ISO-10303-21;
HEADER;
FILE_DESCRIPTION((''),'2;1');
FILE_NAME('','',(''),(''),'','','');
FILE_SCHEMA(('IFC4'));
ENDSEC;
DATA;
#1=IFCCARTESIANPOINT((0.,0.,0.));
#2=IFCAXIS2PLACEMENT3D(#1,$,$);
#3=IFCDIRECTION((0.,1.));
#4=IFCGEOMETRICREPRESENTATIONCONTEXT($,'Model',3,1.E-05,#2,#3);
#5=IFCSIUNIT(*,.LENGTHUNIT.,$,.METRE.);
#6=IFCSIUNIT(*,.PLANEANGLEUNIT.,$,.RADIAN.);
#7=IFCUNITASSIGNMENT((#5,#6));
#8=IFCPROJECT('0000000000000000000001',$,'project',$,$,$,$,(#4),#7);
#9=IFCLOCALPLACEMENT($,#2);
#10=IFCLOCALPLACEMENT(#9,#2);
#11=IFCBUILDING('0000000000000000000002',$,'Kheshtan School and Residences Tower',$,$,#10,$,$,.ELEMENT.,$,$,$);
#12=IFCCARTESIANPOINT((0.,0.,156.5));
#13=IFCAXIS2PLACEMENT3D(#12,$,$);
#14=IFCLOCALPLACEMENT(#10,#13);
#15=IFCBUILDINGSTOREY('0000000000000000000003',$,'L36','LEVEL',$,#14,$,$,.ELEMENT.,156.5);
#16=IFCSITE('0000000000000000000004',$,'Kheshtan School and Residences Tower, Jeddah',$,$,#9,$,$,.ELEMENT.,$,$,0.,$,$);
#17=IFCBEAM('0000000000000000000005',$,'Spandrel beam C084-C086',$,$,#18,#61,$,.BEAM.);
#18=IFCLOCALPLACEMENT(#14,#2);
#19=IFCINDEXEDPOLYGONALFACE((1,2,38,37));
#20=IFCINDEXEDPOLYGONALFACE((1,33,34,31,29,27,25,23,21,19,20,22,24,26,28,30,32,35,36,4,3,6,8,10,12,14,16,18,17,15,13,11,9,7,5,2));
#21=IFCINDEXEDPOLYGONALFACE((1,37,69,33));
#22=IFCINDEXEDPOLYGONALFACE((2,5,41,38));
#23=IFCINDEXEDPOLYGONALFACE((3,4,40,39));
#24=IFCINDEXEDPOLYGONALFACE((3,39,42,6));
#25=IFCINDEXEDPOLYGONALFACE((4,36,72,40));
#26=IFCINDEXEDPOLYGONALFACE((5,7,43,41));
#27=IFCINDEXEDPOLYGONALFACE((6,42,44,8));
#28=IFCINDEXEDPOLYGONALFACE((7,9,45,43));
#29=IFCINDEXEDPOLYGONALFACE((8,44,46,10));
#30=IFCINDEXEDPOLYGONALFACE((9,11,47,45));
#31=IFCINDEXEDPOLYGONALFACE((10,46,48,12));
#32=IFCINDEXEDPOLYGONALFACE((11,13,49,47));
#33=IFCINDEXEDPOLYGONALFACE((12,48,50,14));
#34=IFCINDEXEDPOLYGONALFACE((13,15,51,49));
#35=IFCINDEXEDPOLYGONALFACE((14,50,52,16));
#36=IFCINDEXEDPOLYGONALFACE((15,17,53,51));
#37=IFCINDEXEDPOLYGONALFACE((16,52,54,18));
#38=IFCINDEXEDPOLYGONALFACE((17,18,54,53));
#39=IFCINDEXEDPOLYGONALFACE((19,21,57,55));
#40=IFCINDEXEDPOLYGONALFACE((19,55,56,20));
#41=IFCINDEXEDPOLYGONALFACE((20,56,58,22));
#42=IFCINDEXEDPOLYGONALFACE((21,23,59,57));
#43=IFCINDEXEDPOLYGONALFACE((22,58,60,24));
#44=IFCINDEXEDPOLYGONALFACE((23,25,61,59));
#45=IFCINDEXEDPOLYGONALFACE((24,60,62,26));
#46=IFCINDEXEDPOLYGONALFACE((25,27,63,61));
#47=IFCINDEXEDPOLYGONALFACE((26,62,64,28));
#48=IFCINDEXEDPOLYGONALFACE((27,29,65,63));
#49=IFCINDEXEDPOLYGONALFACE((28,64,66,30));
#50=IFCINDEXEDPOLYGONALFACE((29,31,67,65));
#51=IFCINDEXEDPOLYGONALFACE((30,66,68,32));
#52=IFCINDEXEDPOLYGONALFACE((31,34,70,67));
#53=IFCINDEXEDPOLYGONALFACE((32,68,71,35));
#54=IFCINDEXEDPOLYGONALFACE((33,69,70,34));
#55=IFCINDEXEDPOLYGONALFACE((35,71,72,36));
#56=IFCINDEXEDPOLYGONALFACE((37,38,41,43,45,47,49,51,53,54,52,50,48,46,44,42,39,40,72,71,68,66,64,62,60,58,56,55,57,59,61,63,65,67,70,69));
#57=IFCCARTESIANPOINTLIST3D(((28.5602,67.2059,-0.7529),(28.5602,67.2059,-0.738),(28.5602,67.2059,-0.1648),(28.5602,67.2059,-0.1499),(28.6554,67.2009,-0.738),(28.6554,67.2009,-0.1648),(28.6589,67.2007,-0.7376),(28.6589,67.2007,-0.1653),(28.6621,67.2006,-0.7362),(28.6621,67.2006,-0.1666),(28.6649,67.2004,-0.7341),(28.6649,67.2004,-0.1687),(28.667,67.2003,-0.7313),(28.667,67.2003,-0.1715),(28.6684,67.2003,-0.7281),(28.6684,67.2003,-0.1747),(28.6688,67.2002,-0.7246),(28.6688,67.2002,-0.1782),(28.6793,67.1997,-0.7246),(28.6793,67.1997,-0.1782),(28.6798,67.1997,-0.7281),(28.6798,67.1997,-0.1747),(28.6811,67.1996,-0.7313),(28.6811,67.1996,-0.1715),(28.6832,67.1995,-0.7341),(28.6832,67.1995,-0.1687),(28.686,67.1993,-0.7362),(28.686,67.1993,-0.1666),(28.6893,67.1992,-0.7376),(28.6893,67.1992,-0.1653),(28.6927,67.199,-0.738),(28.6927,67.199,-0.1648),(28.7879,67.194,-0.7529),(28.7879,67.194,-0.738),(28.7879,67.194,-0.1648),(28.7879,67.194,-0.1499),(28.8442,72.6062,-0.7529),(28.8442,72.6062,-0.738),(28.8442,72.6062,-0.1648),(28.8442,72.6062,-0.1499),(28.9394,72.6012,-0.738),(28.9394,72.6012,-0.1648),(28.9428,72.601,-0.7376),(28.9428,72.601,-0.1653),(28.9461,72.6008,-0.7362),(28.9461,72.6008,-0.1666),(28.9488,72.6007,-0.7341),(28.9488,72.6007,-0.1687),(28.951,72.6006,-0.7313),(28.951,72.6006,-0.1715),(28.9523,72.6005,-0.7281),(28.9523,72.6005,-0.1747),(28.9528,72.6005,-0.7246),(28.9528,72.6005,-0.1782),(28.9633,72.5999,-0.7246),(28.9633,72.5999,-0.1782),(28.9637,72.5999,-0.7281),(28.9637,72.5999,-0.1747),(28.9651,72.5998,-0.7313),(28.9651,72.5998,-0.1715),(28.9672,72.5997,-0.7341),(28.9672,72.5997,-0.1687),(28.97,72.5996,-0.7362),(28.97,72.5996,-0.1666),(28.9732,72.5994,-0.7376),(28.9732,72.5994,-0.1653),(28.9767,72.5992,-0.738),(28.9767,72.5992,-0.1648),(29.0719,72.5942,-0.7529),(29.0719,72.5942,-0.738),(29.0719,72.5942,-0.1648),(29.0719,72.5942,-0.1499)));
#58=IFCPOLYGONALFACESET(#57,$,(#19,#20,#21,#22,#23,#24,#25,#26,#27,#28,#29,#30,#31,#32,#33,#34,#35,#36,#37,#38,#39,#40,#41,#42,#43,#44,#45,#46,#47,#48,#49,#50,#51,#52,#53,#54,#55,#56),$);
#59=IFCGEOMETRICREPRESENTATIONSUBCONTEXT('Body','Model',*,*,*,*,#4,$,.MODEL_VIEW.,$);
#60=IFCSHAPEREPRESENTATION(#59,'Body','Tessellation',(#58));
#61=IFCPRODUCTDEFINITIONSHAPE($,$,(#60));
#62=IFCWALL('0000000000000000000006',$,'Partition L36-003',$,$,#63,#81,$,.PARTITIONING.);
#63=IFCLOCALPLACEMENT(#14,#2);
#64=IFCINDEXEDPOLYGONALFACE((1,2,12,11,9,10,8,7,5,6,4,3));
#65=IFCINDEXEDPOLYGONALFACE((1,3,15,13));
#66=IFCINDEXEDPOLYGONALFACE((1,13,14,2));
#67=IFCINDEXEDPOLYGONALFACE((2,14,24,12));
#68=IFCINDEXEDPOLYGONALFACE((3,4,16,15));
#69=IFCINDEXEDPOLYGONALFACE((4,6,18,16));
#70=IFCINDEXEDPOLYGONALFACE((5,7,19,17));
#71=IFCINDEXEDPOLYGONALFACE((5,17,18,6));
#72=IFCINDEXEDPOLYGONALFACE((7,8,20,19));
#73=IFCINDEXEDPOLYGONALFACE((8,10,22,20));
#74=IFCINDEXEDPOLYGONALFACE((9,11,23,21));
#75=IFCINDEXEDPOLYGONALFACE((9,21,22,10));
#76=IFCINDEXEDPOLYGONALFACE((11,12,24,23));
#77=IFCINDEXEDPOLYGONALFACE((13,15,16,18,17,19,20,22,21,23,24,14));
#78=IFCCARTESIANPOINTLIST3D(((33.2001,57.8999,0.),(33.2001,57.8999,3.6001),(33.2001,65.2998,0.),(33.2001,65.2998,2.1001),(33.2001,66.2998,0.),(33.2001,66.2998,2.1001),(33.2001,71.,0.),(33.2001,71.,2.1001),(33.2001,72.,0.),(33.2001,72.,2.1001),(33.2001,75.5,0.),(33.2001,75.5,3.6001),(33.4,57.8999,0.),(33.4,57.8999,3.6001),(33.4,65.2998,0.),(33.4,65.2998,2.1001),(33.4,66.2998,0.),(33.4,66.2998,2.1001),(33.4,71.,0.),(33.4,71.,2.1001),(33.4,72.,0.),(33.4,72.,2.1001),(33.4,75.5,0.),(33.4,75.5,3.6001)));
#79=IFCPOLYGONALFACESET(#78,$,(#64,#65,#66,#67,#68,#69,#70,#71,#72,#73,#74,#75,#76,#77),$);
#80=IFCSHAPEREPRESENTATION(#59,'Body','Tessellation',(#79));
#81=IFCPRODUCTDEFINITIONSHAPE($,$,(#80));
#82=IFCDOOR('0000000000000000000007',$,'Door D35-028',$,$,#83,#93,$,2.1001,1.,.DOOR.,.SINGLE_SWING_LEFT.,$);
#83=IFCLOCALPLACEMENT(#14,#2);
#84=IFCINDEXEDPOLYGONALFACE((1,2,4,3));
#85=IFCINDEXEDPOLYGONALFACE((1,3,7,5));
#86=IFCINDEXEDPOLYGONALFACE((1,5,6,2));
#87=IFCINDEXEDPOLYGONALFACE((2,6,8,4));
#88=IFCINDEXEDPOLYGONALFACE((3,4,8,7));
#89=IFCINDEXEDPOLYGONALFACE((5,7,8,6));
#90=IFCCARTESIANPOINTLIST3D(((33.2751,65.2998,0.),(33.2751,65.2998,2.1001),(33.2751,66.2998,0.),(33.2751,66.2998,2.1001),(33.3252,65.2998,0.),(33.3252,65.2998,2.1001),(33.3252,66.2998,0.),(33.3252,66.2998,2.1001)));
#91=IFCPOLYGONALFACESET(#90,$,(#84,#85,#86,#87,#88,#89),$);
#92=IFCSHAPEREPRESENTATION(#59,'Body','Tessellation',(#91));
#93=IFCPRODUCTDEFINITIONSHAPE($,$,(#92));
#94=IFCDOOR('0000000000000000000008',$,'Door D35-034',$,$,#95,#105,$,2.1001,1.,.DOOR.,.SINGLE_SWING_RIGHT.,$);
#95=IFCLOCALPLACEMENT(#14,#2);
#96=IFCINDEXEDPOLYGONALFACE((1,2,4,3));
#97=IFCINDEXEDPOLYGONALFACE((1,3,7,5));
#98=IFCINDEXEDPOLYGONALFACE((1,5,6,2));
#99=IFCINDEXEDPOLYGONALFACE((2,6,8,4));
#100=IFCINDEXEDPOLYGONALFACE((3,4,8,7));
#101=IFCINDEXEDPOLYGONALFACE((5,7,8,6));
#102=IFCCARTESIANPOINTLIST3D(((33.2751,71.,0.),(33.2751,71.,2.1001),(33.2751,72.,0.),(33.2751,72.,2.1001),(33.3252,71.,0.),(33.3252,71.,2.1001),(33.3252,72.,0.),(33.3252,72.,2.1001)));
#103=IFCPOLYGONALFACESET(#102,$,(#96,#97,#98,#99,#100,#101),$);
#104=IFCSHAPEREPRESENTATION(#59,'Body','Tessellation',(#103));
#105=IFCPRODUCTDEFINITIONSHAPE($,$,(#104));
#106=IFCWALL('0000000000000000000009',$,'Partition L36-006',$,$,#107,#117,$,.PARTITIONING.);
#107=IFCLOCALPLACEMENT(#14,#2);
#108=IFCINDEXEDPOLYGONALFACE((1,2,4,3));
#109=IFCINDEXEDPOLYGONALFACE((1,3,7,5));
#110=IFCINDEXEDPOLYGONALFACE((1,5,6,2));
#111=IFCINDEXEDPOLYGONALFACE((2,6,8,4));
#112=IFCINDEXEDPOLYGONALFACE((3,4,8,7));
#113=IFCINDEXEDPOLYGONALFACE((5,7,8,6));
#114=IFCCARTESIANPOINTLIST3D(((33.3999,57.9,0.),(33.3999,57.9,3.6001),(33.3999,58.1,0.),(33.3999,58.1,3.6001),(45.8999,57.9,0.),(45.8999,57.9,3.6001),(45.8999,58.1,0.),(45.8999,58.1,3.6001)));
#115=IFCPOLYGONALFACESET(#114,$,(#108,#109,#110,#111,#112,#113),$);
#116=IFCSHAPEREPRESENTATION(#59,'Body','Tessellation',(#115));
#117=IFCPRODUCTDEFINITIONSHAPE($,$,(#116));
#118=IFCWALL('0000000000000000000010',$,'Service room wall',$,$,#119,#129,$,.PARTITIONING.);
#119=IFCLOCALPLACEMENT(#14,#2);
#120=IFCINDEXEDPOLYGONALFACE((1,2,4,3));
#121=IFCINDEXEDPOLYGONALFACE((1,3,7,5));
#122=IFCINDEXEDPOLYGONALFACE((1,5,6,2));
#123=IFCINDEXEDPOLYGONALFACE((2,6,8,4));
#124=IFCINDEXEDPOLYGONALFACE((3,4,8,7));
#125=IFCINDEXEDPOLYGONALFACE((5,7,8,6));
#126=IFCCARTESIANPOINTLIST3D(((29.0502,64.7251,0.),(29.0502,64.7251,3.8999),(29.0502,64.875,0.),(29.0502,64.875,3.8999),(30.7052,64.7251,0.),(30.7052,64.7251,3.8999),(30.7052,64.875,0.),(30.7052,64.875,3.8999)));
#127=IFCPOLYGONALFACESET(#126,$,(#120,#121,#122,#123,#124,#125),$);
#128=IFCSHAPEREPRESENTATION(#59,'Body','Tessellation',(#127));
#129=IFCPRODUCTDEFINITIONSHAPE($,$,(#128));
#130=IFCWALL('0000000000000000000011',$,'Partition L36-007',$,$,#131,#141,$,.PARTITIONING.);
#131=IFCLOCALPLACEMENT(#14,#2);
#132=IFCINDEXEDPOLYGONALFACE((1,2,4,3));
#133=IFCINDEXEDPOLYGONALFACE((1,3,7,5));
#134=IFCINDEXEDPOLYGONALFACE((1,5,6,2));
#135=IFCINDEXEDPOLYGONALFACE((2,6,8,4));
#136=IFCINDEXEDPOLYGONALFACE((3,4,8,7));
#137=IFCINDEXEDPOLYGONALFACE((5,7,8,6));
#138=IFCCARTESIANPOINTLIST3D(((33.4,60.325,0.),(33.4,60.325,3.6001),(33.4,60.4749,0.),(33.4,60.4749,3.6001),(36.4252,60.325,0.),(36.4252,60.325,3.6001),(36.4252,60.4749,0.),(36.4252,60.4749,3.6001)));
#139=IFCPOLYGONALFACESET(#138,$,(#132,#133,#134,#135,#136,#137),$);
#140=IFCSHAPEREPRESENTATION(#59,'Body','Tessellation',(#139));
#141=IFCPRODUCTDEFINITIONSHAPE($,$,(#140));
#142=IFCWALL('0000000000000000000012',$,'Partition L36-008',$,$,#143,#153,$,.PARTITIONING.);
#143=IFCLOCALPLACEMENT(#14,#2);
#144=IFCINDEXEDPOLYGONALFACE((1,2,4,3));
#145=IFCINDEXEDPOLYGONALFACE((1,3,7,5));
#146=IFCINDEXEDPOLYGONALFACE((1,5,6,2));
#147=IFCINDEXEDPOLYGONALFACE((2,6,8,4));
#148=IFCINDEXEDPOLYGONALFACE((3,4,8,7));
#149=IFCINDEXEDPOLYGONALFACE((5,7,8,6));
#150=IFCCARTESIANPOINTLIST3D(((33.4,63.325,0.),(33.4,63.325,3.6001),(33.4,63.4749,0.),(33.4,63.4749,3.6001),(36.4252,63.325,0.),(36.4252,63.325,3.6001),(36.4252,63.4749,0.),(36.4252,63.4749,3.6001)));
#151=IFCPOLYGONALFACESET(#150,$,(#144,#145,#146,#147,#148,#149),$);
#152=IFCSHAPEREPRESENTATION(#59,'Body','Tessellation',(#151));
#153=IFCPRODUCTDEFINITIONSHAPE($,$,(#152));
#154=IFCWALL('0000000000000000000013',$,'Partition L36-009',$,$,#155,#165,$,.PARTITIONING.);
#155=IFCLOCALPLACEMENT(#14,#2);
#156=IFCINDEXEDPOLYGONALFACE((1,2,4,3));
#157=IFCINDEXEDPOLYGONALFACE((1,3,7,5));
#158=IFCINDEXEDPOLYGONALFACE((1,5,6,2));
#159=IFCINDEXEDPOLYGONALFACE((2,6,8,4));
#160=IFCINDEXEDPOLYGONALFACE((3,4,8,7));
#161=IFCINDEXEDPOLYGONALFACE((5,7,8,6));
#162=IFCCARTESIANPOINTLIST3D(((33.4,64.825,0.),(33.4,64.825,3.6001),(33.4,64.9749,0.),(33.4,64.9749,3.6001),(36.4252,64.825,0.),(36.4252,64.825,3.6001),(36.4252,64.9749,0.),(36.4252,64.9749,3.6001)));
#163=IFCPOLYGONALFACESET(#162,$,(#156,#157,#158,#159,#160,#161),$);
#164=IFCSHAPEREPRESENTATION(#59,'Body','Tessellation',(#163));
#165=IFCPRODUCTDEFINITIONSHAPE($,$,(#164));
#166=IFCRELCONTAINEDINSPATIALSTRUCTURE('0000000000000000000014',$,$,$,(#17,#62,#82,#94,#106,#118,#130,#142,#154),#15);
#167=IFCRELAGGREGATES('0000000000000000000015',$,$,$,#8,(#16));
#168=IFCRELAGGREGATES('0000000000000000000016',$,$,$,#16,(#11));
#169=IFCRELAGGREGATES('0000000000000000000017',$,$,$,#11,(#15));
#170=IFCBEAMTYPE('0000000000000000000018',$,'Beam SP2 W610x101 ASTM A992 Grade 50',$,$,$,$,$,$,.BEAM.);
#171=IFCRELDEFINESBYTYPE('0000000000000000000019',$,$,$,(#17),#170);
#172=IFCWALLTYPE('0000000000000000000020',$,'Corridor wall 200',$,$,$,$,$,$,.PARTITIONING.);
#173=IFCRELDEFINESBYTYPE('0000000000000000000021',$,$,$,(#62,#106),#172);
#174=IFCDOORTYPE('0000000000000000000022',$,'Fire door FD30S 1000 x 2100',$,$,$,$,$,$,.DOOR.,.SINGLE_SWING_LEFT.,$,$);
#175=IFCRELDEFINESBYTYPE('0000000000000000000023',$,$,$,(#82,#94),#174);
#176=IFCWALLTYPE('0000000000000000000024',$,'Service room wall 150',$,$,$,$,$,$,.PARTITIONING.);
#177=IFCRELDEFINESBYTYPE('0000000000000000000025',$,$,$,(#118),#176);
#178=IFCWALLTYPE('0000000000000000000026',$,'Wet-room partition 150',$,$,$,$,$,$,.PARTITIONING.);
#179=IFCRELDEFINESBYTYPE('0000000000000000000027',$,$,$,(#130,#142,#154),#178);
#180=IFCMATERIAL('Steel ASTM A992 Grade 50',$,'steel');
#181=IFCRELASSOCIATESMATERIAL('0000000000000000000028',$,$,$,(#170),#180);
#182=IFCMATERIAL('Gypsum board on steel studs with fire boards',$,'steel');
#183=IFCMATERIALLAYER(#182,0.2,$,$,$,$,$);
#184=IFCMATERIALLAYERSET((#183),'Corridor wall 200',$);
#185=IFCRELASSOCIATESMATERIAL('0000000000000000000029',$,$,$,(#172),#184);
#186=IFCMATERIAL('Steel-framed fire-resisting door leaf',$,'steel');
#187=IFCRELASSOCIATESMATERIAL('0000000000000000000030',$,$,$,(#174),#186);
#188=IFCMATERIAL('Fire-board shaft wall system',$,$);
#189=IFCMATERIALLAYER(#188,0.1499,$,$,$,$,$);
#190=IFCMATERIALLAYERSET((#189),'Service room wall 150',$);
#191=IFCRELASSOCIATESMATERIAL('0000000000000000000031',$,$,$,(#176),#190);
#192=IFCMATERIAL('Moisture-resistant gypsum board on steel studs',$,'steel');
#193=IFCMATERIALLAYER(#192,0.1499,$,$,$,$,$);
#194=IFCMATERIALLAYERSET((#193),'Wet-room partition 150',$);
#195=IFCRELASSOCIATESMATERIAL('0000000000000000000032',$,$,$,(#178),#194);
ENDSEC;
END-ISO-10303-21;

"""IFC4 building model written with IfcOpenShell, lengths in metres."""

from ifc_helpers import new_model, si_unit, direction, frame, frame_2d, origin, origin_2d, place, context, subcontext, project, spatial, rectangle, i_section, extrude, source, transform, mapped, material, layer, layer_set, material_profile, profile_set, type_object, element, fill, save


model = new_model("IFC4")

# Units and contexts
model_context = context("Model", 3, precision=1e-05, world=origin(), true_north=direction((0.0, 1.0)))
body_context = subcontext(model_context, "Body", "Model", "MODEL_VIEW")
ifc_project = project(units=[si_unit("LENGTHUNIT", "METRE"), si_unit("PLANEANGLEUNIT", "RADIAN")], contexts=[model_context])

# Site, building, storey
site_placement = place(None, origin())
site = spatial("IfcSite", under=ifc_project, at=site_placement, Name="Kheshtan School and Residences Tower, Jeddah", CompositionType="ELEMENT", RefElevation=0.0)
building_placement = place(site_placement, origin())
building = spatial("IfcBuilding", under=site, at=building_placement, Name="Kheshtan School and Residences Tower", CompositionType="ELEMENT")
storey_placement = place(building_placement, frame((0.0, 0.0, 156.5)))
storey = spatial("IfcBuildingStorey", under=building, at=storey_placement, Name="L36", Description="LEVEL", CompositionType="ELEMENT", Elevation=156.5)

# Shared definitions
ifc_material_1 = material(Name="Steel ASTM A992 Grade 50", Category="steel")

# Beam
ifc_material_profile_1 = material_profile(ifc_material_1, i_section(OverallWidth=0.228, OverallDepth=0.603, WebThickness=0.0105, FlangeThickness=0.0149, FilletRadius=0.0134, at=origin_2d()), Name="W610x101")
ifc_profile_set_1 = profile_set([ifc_material_profile_1], Name="Steel ASTM A992 Grade 50")
beam_type_1 = type_object("IfcBeamType", Name="Beam SP2 W610x101 ASTM A992 Grade 50", PredefinedType="BEAM", material=ifc_profile_set_1)
beam_1_placement = place(storey_placement, frame((28.6741, 67.2, -0.4514), z_axis=(0.052507, 0.998621, 0.0), x_axis=(-0.998621, 0.052507, 0.0)))
element("IfcBeam", 1, at=beam_1_placement, inside=storey, type_object=beam_type_1, Name="Spandrel beam C084-C086", PredefinedType="BEAM", context=body_context, shape_type="SweptSolid", body=[
    extrude(i_section(OverallWidth=0.228, OverallDepth=0.603, WebThickness=0.0105, FlangeThickness=0.0149, FilletRadius=0.0134, at=origin_2d()), origin(), (0.0, 0.0, 1.0), 5.4077),
])

# Wall, openings, doors
ifc_material_2 = material(Name="Gypsum board on steel studs with fire boards", Category="steel")
ifc_layer_1 = layer(ifc_material_2, 0.2)
ifc_layer_set_1 = layer_set([ifc_layer_1], Name="Corridor wall 200")
wall_type_1 = type_object("IfcWallType", Name="Corridor wall 200", PredefinedType="PARTITIONING", material=ifc_layer_set_1)
wall_1_placement = place(storey_placement, frame((33.3, 57.8999, 0.0), z_axis=(0.0, 0.0, 1.0), x_axis=(0.0, 1.0, 0.0)))
wall_1 = element("IfcWall", 2, at=wall_1_placement, inside=storey, type_object=wall_type_1, Name="Partition L36-003", PredefinedType="PARTITIONING", context=body_context, shape_type="SweptSolid", body=[
    extrude(rectangle(XDim=17.6001, YDim=0.2, at=frame_2d((8.8, 0.0))), origin(), (0.0, 0.0, 1.0), 3.6001),
])
opening_1_placement = place(wall_1_placement, frame((7.3999, 0.0, 0.0)))
opening_1 = element("IfcOpeningElement", 3, at=opening_1_placement, cuts=wall_1, PredefinedType="OPENING", context=body_context, shape_type="SweptSolid", body=[
    extrude(rectangle(XDim=1.0, YDim=2.1001, at=frame_2d((0.5, 1.05))), frame((0.0, 0.1099, 0.0), z_axis=(0.0, -1.0, 0.0), x_axis=(1.0, 0.0, 0.0)), (0.0, 0.0, 1.0), 0.22),
])
opening_2_placement = place(wall_1_placement, frame((13.1001, 0.0, 0.0)))
opening_2 = element("IfcOpeningElement", 4, at=opening_2_placement, cuts=wall_1, PredefinedType="OPENING", context=body_context, shape_type="SweptSolid", body=[
    extrude(rectangle(XDim=1.0, YDim=2.1001, at=frame_2d((0.5, 1.05))), frame((0.0, 0.1099, 0.0), z_axis=(0.0, -1.0, 0.0), x_axis=(1.0, 0.0, 0.0)), (0.0, 0.0, 1.0), 0.22),
])
ifc_material_3 = material(Name="Steel-framed fire-resisting door leaf", Category="steel")
door_type = type_object("IfcDoorType", Name="Fire door FD30S 1000 x 2100", OperationType="SINGLE_SWING_LEFT", PredefinedType="DOOR", material=ifc_material_3)
shared_shape = source(origin(), body_context, "Body", "SweptSolid", [
    extrude(rectangle(XDim=1.0, YDim=2.1001, at=frame_2d((0.5, 1.05))), frame((0.0, 0.0249, 0.0), z_axis=(0.0, -1.0, 0.0), x_axis=(1.0, 0.0, 0.0)), (0.0, 0.0, 1.0), 0.05),
])
door_1_placement = place(opening_1_placement, origin())
door_1 = element("IfcDoor", 5, at=door_1_placement, inside=storey, type_object=door_type, Name="Door D35-028", OperationType="SINGLE_SWING_LEFT", OverallHeight=2.1001, OverallWidth=1.0, PredefinedType="DOOR", context=body_context, shape_type="MappedRepresentation", body=[
    mapped(shared_shape, transform((0.0, 0.0, 0.0), x_axis=(1.0, 0.0, 0.0), y_axis=(0.0, 1.0, 0.0), z_axis=(0.0, 0.0, 1.0), scale=1.0)),
])
fill(opening_1, door_1)
door_2_placement = place(opening_2_placement, origin())
door_2 = element("IfcDoor", 6, at=door_2_placement, inside=storey, type_object=door_type, Name="Door D35-034", OperationType="SINGLE_SWING_RIGHT", OverallHeight=2.1001, OverallWidth=1.0, PredefinedType="DOOR", context=body_context, shape_type="MappedRepresentation", body=[
    mapped(shared_shape, transform((0.0, 0.0, 0.0), x_axis=(1.0, 0.0, 0.0), y_axis=(0.0, 1.0, 0.0), z_axis=(0.0, 0.0, 1.0), scale=1.0)),
])
fill(opening_2, door_2)

# Walls
wall_2_placement = place(storey_placement, frame((33.3999, 58.0, 0.0), z_axis=(0.0, 0.0, 1.0), x_axis=(1.0, 0.0, 0.0)))
element("IfcWall", 7, at=wall_2_placement, inside=storey, type_object=wall_type_1, Name="Partition L36-006", PredefinedType="PARTITIONING", context=body_context, shape_type="SweptSolid", body=[
    extrude(rectangle(XDim=12.5, YDim=0.2, at=frame_2d((6.25, 0.0))), origin(), (0.0, 0.0, 1.0), 3.6001),
])
ifc_material_4 = material(Name="Fire-board shaft wall system")
ifc_layer_2 = layer(ifc_material_4, 0.1499)
ifc_layer_set_2 = layer_set([ifc_layer_2], Name="Service room wall 150")
wall_type_2 = type_object("IfcWallType", Name="Service room wall 150", PredefinedType="PARTITIONING", material=ifc_layer_set_2)
wall_3_placement = place(storey_placement, frame((29.05, 64.8, 0.0), z_axis=(0.0, 0.0, 1.0), x_axis=(1.0, 0.0, 0.0)))
element("IfcWall", 8, at=wall_3_placement, inside=storey, type_object=wall_type_2, Name="Service room wall", PredefinedType="PARTITIONING", context=body_context, shape_type="SweptSolid", body=[
    extrude(rectangle(XDim=1.655, YDim=0.1499, at=frame_2d((0.8276, 0.0))), origin(), (0.0, 0.0, 1.0), 3.8999),
])
ifc_material_5 = material(Name="Moisture-resistant gypsum board on steel studs", Category="steel")
ifc_layer_3 = layer(ifc_material_5, 0.1499)
ifc_layer_set_3 = layer_set([ifc_layer_3], Name="Wet-room partition 150")
wall_type_3 = type_object("IfcWallType", Name="Wet-room partition 150", PredefinedType="PARTITIONING", material=ifc_layer_set_3)
for number, where, z_axis, x_axis, name in (
    (9, (33.3999, 60.3999, 0.0), (0.0, 0.0, 1.0), (1.0, 0.0, 0.0), "Partition L36-007"),
    (10, (33.3999, 63.3999, 0.0), (0.0, 0.0, 1.0), (1.0, 0.0, 0.0), "Partition L36-008"),
    (11, (33.3999, 64.8999, 0.0), (0.0, 0.0, 1.0), (1.0, 0.0, 0.0), "Partition L36-009"),
):
    element("IfcWall", number, at=place(storey_placement, frame(where, z_axis=z_axis, x_axis=x_axis)), inside=storey, type_object=wall_type_3, Name=name, PredefinedType="PARTITIONING", context=body_context, shape_type="SweptSolid", body=[
        extrude(rectangle(XDim=3.0251, YDim=0.1499, at=frame_2d((1.5127, 0.0))), origin(), (0.0, 0.0, 1.0), 3.6001),
    ])

save(model, "model.ifc")
